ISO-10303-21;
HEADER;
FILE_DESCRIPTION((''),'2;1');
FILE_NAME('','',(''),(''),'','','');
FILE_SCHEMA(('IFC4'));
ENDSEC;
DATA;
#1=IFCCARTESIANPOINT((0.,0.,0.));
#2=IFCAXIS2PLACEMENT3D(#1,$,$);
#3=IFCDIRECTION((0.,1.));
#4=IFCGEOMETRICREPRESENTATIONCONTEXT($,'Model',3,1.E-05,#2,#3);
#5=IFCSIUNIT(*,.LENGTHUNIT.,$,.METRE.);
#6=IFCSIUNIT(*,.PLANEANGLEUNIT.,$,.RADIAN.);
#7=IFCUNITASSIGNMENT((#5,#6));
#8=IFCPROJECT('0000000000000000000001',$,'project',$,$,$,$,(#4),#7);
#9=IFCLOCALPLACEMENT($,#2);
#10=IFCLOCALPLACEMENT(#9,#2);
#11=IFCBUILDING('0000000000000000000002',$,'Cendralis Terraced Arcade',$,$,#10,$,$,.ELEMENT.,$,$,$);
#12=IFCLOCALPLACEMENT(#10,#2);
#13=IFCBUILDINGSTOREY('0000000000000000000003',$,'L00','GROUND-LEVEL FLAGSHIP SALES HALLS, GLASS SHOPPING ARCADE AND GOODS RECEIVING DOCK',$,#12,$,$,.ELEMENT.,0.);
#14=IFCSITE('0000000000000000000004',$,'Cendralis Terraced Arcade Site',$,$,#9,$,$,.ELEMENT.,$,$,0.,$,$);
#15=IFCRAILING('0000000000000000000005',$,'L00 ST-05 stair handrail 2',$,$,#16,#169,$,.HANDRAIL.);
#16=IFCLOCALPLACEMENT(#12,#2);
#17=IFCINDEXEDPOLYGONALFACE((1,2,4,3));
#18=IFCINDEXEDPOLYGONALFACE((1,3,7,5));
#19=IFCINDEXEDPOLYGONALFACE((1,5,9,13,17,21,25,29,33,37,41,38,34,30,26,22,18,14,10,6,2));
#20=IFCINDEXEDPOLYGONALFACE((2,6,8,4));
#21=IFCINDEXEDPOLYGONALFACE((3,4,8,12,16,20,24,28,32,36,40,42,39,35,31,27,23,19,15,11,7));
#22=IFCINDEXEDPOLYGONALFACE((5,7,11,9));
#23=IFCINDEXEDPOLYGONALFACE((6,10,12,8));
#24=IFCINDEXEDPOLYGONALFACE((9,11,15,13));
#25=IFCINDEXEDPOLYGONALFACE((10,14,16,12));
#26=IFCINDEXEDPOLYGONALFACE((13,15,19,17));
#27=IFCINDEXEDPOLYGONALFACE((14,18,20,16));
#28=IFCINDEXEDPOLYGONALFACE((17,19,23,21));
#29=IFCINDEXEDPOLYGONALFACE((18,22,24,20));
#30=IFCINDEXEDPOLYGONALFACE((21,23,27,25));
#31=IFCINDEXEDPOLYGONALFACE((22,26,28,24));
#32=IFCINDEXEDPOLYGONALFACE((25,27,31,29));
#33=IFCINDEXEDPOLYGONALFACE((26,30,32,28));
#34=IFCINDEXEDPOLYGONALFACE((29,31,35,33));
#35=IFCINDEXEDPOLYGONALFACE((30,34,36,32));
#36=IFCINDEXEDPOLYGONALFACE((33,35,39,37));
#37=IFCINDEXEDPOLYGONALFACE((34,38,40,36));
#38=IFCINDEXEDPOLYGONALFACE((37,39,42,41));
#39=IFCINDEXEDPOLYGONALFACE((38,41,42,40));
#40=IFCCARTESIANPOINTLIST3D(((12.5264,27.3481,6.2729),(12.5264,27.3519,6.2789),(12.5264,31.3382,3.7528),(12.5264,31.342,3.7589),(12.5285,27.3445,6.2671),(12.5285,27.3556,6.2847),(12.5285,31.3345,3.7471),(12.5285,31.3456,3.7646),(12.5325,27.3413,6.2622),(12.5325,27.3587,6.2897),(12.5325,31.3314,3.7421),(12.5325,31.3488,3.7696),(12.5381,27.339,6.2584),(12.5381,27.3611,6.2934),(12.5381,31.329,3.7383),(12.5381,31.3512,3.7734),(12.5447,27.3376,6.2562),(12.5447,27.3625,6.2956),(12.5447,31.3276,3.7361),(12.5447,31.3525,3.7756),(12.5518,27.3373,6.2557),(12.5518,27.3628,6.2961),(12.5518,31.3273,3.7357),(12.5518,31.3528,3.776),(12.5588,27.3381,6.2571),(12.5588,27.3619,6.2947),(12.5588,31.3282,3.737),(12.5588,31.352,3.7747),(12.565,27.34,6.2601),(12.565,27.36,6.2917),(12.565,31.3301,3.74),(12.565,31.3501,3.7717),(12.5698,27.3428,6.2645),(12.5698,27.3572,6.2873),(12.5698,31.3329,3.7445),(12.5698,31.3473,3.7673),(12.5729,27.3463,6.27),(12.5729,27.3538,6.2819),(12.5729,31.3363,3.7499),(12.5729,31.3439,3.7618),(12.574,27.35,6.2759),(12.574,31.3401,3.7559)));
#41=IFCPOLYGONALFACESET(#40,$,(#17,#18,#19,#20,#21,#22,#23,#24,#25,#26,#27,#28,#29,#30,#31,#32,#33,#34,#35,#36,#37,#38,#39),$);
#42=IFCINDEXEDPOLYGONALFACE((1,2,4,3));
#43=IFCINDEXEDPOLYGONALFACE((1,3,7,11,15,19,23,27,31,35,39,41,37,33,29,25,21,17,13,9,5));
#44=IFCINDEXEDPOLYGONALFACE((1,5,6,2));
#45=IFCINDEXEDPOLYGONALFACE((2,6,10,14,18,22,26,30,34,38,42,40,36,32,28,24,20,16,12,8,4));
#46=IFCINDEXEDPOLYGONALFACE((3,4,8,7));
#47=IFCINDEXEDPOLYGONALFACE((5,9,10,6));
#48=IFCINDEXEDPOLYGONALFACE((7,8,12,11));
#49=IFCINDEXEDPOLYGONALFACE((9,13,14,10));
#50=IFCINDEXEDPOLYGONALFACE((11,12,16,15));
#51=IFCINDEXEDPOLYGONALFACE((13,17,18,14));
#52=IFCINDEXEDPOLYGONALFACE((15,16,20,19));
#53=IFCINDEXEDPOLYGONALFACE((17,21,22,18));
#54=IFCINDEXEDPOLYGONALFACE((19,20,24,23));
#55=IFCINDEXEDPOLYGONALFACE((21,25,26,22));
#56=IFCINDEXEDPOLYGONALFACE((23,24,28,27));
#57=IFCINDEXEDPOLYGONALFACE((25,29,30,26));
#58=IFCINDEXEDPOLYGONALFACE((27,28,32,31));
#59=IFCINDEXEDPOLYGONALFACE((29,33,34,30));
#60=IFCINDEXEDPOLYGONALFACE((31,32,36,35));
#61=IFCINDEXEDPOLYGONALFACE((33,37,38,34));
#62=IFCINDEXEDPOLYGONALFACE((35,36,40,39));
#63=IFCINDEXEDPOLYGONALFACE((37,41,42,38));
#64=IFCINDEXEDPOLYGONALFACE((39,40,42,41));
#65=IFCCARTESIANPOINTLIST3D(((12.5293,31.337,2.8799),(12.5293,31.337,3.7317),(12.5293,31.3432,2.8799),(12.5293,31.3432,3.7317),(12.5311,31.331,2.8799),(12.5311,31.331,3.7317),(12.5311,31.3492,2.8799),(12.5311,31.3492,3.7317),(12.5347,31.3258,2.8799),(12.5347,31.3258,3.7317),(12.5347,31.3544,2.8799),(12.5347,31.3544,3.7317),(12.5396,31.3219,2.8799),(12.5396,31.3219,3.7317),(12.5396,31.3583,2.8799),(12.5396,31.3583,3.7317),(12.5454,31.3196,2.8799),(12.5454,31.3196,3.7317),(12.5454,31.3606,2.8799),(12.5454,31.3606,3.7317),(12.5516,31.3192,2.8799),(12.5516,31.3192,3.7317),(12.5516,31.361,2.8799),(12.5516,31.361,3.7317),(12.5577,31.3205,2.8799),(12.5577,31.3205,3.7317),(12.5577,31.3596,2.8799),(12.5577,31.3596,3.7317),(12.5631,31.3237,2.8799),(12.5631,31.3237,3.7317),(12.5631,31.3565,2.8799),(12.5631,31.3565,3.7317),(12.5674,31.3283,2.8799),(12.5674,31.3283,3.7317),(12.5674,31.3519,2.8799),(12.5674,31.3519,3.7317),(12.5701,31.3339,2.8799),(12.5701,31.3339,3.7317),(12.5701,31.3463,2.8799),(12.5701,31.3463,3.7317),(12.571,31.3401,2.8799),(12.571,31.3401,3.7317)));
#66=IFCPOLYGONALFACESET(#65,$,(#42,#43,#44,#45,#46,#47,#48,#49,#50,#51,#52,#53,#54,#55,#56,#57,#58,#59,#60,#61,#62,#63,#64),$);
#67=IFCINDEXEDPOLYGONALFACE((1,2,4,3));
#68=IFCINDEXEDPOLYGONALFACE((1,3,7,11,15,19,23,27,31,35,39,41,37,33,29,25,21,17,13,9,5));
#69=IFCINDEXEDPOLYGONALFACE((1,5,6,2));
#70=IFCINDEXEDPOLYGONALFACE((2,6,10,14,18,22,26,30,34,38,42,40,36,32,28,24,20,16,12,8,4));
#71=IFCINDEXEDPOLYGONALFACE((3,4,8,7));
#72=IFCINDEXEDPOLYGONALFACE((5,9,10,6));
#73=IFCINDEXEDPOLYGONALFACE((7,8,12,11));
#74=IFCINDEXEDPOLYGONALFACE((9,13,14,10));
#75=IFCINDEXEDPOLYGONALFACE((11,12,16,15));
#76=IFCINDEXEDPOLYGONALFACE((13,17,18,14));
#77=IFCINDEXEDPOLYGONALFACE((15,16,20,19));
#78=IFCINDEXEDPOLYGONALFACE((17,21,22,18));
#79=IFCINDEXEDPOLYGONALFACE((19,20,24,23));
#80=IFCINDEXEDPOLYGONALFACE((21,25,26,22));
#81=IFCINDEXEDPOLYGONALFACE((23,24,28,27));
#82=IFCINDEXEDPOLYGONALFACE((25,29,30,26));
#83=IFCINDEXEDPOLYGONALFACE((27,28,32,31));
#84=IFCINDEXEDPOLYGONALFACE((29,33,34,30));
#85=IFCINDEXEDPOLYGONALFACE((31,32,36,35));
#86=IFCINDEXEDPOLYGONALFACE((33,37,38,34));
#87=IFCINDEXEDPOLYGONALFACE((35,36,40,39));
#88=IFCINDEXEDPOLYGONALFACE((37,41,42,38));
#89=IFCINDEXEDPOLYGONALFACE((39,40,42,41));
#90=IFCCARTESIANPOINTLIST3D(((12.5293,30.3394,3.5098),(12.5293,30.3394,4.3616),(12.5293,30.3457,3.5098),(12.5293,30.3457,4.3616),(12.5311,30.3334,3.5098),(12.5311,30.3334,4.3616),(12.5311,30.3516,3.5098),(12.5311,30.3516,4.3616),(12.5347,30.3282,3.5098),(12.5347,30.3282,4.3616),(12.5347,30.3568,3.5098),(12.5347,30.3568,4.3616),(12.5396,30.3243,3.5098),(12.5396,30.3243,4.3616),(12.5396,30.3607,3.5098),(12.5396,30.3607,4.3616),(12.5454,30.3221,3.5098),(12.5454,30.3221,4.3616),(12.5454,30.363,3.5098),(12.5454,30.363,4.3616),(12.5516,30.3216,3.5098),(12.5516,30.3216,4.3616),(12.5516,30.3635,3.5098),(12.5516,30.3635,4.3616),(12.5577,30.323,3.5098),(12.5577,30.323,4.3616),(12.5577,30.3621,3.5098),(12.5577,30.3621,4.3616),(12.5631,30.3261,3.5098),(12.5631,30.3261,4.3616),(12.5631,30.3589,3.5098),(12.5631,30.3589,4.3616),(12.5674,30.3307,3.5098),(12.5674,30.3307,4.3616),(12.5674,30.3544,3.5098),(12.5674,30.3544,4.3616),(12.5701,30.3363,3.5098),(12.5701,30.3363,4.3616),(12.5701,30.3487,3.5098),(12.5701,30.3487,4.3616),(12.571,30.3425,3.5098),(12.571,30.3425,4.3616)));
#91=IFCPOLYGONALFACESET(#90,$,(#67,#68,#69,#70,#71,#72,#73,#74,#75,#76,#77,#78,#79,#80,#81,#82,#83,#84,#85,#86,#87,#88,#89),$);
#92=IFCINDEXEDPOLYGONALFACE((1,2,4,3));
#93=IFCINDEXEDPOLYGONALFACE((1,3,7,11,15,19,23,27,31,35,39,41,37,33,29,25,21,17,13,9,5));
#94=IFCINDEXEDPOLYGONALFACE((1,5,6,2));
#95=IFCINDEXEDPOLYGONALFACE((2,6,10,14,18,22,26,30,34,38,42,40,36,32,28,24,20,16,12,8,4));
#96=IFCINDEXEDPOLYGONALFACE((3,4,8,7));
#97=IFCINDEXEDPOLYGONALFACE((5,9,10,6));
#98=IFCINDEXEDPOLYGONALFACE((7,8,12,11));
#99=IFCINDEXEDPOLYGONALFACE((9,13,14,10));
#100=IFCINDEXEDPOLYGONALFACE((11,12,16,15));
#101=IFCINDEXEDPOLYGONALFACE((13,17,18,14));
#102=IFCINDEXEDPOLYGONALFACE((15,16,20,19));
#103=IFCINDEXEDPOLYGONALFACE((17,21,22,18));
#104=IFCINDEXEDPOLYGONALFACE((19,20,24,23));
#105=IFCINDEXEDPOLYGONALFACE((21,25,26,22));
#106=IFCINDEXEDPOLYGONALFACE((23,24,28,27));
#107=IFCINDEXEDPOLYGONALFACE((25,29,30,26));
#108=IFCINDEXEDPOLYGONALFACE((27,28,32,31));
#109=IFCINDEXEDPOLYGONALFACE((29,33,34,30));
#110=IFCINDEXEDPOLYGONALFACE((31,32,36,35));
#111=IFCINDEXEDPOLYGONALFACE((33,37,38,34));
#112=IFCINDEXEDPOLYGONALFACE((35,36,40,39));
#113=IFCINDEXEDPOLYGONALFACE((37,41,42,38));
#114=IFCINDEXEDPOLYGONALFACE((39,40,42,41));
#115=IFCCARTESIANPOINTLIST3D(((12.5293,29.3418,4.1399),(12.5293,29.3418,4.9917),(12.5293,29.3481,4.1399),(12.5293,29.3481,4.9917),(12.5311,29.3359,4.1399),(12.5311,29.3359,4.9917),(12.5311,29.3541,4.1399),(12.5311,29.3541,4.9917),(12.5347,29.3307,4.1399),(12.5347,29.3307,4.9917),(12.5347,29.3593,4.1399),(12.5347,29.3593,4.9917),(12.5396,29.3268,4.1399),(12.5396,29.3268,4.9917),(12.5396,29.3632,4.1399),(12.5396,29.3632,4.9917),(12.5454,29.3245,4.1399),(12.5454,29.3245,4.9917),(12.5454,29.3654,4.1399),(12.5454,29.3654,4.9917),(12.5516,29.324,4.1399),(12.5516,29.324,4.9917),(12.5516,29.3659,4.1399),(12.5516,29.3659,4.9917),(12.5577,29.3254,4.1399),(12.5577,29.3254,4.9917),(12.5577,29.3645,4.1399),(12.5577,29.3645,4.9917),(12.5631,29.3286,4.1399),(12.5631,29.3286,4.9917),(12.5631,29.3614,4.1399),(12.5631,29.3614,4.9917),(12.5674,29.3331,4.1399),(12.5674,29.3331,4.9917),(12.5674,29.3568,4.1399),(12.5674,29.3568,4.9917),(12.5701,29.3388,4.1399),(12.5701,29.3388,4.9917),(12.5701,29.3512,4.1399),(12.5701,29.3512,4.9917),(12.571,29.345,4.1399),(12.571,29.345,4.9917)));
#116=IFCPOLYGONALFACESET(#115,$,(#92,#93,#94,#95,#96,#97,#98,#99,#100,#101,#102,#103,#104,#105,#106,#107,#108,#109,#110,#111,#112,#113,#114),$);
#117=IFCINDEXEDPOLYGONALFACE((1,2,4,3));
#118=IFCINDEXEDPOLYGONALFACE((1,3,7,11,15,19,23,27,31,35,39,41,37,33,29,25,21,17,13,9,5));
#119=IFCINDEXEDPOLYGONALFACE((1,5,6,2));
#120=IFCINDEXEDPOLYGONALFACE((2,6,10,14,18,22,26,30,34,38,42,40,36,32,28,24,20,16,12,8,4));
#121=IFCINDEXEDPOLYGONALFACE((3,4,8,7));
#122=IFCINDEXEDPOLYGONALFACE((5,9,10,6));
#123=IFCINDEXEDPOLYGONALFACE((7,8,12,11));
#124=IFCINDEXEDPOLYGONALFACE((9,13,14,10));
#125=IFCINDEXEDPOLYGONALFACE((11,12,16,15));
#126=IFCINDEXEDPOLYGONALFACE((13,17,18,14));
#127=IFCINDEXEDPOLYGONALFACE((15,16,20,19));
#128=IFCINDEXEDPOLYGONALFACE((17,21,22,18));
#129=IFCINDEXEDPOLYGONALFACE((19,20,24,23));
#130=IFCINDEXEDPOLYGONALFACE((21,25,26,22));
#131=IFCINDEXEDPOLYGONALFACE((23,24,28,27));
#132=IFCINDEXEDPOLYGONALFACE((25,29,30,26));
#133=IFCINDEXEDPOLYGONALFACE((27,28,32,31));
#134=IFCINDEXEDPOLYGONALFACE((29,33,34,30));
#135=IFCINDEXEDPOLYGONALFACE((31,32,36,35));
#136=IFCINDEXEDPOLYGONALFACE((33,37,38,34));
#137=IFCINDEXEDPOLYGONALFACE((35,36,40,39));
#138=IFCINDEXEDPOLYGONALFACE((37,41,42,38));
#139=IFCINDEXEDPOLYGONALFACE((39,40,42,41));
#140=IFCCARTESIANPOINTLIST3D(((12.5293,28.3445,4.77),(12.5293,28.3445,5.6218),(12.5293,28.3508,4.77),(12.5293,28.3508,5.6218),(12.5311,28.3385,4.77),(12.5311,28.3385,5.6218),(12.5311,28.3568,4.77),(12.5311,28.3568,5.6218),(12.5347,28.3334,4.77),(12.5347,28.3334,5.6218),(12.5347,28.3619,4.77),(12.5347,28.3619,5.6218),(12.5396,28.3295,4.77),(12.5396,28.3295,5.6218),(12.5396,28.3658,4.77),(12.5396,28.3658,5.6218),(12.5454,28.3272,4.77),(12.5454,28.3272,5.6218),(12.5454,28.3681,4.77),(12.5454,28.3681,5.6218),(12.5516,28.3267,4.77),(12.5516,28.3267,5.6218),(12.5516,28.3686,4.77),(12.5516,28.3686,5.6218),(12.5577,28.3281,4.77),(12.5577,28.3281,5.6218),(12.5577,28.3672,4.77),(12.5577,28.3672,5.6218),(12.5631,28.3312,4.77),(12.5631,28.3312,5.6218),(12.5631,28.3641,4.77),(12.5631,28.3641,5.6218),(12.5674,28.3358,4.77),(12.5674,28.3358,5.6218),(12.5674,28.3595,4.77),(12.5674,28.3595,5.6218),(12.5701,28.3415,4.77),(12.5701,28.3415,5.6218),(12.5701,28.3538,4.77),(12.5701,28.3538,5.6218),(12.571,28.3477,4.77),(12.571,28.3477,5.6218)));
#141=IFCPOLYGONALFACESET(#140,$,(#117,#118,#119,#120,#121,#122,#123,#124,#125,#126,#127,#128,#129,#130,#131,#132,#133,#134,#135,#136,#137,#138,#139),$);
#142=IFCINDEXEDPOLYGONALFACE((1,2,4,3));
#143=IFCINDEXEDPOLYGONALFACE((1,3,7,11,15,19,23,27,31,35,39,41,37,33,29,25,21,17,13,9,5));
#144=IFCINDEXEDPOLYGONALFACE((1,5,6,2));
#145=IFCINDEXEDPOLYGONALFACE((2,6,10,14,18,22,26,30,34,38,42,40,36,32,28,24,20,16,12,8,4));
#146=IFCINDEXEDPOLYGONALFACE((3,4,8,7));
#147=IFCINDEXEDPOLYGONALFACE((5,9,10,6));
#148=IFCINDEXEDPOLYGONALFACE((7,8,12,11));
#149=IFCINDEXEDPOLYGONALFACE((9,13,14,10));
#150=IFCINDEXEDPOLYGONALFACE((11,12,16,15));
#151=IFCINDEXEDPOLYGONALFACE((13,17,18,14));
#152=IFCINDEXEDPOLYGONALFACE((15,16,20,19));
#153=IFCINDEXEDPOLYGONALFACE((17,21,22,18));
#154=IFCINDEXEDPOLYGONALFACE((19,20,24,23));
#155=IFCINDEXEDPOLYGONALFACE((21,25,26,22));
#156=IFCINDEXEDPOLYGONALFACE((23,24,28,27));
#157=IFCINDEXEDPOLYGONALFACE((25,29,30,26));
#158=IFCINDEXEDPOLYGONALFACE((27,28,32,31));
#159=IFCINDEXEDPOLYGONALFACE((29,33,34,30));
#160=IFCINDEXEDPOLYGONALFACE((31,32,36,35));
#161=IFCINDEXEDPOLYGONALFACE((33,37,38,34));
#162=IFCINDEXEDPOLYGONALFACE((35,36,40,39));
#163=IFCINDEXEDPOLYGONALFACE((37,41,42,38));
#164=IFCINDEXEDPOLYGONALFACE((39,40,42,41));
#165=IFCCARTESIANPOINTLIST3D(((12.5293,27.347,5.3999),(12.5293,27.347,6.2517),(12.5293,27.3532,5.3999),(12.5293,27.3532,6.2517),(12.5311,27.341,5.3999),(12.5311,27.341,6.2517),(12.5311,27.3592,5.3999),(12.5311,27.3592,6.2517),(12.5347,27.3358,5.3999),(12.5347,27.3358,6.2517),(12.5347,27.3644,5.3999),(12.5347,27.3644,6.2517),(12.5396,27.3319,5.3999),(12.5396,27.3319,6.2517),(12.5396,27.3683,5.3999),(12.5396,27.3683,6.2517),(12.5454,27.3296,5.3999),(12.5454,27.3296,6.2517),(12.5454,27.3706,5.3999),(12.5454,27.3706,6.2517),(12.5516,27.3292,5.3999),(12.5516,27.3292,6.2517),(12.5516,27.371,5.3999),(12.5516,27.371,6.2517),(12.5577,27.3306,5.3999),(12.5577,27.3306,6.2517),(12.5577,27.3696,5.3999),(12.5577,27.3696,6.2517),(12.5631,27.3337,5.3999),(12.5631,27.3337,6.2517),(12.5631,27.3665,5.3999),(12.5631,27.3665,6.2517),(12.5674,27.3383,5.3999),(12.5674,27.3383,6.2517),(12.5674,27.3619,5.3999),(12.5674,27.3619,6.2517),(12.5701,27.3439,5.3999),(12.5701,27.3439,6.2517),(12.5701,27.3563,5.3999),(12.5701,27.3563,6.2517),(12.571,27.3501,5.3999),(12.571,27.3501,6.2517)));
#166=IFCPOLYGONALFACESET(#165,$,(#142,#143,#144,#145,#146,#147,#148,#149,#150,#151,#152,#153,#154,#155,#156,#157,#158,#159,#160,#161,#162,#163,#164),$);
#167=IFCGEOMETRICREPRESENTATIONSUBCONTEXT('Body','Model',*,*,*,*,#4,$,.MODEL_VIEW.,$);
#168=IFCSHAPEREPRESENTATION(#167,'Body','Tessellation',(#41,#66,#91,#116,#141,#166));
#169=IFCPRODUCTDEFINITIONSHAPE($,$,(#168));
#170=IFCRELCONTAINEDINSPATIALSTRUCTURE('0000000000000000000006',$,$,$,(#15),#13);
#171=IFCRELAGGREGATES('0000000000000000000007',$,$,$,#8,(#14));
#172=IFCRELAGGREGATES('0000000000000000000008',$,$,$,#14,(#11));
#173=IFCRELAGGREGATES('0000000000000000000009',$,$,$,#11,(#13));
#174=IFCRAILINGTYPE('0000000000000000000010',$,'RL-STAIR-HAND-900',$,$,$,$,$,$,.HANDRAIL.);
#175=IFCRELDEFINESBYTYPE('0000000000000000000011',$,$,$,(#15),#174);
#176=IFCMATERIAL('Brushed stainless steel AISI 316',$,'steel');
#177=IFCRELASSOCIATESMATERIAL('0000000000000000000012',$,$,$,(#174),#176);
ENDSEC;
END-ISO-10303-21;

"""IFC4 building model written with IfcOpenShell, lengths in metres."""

from ifc_helpers import new_model, si_unit, direction, frame, origin, origin_2d, place, context, subcontext, project, spatial, circle, extrude, material, type_object, element, save


model = new_model("IFC4")

# Units and contexts
model_context = context("Model", 3, precision=1e-05, world=origin(), true_north=direction((0.0, 1.0)))
body_context = subcontext(model_context, "Body", "Model", "MODEL_VIEW")
ifc_project = project(units=[si_unit("LENGTHUNIT", "METRE"), si_unit("PLANEANGLEUNIT", "RADIAN")], contexts=[model_context])

# Site, building, storey
site_placement = place(None, origin())
site = spatial("IfcSite", under=ifc_project, at=site_placement, Name="Cendralis Terraced Arcade Site", CompositionType="ELEMENT", RefElevation=0.0)
building_placement = place(site_placement, origin())
building = spatial("IfcBuilding", under=site, at=building_placement, Name="Cendralis Terraced Arcade", CompositionType="ELEMENT")
storey_placement = place(building_placement, origin())
storey = spatial("IfcBuildingStorey", under=building, at=storey_placement, Name="L00", Description="GROUND-LEVEL FLAGSHIP SALES HALLS, GLASS SHOPPING ARCADE AND GOODS RECEIVING DOCK", CompositionType="ELEMENT", Elevation=0.0)

# Railing
ifc_material_1 = material(Name="Brushed stainless steel AISI 316", Category="steel")
railing_type_1 = type_object("IfcRailingType", Name="RL-STAIR-HAND-900", PredefinedType="HANDRAIL", material=ifc_material_1)
railing_1_placement = place(storey_placement, frame((12.55, 31.3401, 2.8799)))
element("IfcRailing", 1, at=railing_1_placement, inside=storey, type_object=railing_type_1, Name="L00 ST-05 stair handrail 2", PredefinedType="HANDRAIL", context=body_context, shape_type="SweptSolid", body=[
    extrude(circle(Radius=0.0239, at=origin_2d()), frame((0.0, 0.0, 0.876), z_axis=(0.0, -0.845486, 0.533997), x_axis=(1.0, 0.0, 0.0)), (0.0, 0.0, 1.0), 4.7192),
    extrude(circle(Radius=0.021, at=origin_2d()), origin(), (0.0, 0.0, 1.0), 0.8518),
    extrude(circle(Radius=0.021, at=origin_2d()), frame((0.0, -0.9976, 0.6299)), (0.0, 0.0, 1.0), 0.8518),
    extrude(circle(Radius=0.021, at=origin_2d()), frame((0.0, -1.9951, 1.26)), (0.0, 0.0, 1.0), 0.8518),
    extrude(circle(Radius=0.021, at=origin_2d()), frame((0.0, -2.9924, 1.8901)), (0.0, 0.0, 1.0), 0.8518),
    extrude(circle(Radius=0.021, at=origin_2d()), frame((0.0, -3.99, 2.52)), (0.0, 0.0, 1.0), 0.8518),
])

save(model, "model.ifc")
